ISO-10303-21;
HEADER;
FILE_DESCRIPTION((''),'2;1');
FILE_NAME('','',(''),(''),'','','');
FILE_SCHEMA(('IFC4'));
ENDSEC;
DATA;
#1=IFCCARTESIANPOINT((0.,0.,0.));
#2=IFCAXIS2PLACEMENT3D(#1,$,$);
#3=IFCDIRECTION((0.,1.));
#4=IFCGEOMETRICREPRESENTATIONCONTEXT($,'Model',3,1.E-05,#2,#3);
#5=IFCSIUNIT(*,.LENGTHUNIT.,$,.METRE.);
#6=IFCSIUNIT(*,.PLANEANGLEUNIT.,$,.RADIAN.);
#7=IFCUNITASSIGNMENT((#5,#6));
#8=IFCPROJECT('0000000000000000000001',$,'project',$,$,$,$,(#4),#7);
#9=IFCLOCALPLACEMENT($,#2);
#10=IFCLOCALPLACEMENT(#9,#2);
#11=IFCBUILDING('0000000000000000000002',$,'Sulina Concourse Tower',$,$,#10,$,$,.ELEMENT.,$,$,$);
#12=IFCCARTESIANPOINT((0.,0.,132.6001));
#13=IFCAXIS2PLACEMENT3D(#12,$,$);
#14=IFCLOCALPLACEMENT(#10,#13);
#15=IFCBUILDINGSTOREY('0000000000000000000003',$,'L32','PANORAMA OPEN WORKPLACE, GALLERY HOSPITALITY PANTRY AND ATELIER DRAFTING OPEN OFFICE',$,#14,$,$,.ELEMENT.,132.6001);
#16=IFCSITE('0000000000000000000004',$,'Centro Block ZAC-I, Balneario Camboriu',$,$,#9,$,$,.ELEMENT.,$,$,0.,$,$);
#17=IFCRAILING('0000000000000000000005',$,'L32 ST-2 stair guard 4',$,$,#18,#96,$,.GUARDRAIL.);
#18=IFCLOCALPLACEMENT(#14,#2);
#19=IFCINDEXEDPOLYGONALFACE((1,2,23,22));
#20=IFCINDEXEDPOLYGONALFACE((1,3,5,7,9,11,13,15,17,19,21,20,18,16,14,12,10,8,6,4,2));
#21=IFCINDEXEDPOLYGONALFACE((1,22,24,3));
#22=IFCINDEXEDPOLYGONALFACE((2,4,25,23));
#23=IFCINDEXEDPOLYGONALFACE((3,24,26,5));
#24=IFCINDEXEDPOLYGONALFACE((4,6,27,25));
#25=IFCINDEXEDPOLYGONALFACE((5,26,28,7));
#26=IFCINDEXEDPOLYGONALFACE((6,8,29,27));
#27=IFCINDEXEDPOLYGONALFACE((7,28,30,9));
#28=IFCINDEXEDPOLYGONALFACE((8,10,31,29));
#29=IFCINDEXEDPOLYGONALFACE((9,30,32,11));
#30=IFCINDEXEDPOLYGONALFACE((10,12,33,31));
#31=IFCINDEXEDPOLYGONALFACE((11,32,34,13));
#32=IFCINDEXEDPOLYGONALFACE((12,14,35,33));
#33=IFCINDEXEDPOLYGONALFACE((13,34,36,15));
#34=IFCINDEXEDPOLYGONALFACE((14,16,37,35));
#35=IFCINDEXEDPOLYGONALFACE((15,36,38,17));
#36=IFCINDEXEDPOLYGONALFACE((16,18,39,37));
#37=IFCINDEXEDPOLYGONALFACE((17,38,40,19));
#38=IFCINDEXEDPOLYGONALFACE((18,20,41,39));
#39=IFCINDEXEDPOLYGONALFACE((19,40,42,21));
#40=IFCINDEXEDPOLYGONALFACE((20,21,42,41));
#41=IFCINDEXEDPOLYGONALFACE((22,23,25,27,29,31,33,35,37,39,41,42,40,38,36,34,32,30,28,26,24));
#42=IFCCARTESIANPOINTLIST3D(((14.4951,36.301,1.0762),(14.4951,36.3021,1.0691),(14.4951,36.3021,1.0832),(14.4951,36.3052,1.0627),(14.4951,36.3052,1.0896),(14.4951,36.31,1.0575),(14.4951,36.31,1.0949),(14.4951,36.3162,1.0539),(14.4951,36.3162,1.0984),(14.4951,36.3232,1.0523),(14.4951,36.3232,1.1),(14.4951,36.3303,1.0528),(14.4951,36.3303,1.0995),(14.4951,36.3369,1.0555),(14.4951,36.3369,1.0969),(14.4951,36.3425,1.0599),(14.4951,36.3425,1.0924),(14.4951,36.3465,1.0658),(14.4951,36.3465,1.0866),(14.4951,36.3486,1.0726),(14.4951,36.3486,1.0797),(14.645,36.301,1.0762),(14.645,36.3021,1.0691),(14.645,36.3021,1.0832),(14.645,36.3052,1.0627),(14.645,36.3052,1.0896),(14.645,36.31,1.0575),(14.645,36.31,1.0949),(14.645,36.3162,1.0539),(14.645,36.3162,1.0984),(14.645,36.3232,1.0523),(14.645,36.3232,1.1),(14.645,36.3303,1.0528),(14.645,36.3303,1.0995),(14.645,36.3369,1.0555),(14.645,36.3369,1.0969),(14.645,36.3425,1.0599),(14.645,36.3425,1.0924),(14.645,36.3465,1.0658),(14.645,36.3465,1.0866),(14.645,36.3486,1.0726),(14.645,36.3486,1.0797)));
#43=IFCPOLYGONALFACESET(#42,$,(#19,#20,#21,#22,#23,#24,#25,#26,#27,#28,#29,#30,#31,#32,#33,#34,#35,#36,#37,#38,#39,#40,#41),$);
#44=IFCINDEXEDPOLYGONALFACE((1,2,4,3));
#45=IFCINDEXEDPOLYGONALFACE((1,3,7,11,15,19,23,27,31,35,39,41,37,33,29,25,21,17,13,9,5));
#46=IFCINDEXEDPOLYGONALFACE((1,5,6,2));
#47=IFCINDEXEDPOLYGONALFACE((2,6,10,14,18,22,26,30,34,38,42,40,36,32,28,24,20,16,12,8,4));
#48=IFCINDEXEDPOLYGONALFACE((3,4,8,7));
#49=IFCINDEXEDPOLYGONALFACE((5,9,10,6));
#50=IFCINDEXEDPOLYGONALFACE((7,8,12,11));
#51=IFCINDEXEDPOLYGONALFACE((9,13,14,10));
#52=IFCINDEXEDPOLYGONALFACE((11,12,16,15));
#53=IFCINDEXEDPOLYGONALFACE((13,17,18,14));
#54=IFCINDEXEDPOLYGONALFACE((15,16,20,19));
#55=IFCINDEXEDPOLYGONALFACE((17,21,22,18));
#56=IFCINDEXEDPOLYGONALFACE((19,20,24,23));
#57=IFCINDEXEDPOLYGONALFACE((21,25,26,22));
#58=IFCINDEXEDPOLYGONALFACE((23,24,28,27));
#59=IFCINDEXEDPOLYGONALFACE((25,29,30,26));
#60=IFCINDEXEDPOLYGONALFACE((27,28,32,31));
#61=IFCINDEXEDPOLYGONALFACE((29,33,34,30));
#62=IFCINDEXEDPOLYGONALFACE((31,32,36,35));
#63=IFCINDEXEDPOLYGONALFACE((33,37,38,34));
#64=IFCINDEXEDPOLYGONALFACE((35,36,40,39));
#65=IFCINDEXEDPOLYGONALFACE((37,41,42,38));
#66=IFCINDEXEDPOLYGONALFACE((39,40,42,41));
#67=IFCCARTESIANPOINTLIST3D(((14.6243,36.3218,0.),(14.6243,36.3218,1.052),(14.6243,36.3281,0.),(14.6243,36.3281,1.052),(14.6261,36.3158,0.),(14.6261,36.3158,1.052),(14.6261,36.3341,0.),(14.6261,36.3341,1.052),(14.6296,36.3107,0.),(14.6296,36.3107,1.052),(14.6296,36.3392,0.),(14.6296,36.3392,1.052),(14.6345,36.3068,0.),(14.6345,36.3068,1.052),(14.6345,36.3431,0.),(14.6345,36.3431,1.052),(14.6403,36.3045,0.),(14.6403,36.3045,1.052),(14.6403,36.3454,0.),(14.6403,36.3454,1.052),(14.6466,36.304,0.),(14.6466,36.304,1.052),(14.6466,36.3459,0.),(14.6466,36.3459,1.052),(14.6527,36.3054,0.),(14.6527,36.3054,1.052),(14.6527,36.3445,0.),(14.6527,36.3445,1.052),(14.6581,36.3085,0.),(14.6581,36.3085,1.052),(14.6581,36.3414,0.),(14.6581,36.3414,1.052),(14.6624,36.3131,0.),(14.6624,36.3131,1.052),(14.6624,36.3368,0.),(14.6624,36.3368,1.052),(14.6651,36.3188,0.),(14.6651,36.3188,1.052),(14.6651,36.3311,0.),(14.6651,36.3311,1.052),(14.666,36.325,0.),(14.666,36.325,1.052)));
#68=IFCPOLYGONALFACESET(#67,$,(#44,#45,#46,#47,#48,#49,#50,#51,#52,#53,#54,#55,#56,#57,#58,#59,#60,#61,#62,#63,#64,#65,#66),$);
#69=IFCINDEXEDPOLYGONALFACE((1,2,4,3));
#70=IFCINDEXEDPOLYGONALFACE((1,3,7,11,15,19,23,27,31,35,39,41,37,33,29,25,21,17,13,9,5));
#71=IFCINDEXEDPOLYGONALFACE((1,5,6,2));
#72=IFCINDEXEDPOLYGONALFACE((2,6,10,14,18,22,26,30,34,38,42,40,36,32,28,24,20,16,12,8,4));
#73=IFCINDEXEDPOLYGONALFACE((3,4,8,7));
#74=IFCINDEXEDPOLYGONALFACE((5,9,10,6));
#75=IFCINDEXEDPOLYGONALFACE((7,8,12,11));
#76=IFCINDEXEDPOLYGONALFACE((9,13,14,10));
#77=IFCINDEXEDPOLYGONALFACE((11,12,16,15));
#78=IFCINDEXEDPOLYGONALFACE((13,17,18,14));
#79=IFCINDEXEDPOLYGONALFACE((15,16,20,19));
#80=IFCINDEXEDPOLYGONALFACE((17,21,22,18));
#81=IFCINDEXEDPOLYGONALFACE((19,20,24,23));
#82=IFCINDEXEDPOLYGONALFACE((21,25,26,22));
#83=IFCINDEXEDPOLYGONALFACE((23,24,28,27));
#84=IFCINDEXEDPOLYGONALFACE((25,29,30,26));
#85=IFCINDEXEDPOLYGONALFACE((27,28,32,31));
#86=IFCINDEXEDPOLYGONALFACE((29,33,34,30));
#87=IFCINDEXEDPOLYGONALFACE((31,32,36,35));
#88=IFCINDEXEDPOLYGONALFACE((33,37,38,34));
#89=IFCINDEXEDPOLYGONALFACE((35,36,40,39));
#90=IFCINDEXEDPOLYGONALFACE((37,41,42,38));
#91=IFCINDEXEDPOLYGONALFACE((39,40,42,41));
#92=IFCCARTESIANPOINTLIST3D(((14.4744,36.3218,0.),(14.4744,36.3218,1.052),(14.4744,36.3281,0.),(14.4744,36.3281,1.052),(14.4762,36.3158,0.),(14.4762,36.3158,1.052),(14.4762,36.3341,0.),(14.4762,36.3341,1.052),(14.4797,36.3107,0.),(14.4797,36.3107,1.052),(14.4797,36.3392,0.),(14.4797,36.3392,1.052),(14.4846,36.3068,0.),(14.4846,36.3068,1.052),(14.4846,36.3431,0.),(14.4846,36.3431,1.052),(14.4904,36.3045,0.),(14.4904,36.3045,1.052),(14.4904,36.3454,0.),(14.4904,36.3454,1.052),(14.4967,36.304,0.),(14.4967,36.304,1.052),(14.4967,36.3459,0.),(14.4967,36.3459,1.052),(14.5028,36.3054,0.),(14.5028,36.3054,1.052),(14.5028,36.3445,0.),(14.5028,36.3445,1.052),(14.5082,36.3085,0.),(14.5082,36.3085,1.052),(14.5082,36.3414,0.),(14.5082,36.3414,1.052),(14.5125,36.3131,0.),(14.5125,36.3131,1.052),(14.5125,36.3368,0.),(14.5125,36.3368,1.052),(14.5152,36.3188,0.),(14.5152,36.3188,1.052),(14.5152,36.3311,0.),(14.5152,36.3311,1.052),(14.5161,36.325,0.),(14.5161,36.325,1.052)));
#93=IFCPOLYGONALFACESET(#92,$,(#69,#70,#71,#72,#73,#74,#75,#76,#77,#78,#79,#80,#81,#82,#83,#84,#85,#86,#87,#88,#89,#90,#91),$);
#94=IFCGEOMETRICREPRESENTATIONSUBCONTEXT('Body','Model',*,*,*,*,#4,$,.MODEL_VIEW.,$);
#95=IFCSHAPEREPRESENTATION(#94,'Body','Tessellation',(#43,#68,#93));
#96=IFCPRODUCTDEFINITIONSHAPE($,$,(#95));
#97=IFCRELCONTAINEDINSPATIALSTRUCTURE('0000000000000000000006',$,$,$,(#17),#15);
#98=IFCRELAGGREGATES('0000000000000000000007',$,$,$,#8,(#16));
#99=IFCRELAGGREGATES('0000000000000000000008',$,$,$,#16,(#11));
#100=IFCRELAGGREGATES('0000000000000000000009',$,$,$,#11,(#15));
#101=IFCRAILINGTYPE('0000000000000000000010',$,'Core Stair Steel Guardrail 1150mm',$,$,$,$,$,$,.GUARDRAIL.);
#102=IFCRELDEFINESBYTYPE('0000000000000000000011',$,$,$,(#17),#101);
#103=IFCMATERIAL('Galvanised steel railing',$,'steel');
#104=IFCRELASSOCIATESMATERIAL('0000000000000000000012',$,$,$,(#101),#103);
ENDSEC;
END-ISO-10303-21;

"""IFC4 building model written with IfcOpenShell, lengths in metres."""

from ifc_helpers import new_model, si_unit, direction, frame, origin, origin_2d, place, context, subcontext, project, spatial, circle, extrude, material, type_object, element, save


model = new_model("IFC4")

# Units and contexts
model_context = context("Model", 3, precision=1e-05, world=origin(), true_north=direction((0.0, 1.0)))
body_context = subcontext(model_context, "Body", "Model", "MODEL_VIEW")
ifc_project = project(units=[si_unit("LENGTHUNIT", "METRE"), si_unit("PLANEANGLEUNIT", "RADIAN")], contexts=[model_context])

# Site, building, storey
site_placement = place(None, origin())
site = spatial("IfcSite", under=ifc_project, at=site_placement, Name="Centro Block ZAC-I, Balneario Camboriu", CompositionType="ELEMENT", RefElevation=0.0)
building_placement = place(site_placement, origin())
building = spatial("IfcBuilding", under=site, at=building_placement, Name="Sulina Concourse Tower", CompositionType="ELEMENT")
storey_placement = place(building_placement, frame((0.0, 0.0, 132.6001)))
storey = spatial("IfcBuildingStorey", under=building, at=storey_placement, Name="L32", Description="PANORAMA OPEN WORKPLACE, GALLERY HOSPITALITY PANTRY AND ATELIER DRAFTING OPEN OFFICE", CompositionType="ELEMENT", Elevation=132.6001)

# Railing
ifc_material_1 = material(Name="Galvanised steel railing", Category="steel")
railing_type_1 = type_object("IfcRailingType", Name="Core Stair Steel Guardrail 1150mm", PredefinedType="GUARDRAIL", material=ifc_material_1)
railing_1_placement = place(storey_placement, frame((14.645, 36.325, 0.0)))
element("IfcRailing", 1, at=railing_1_placement, inside=storey, type_object=railing_type_1, Name="L32 ST-2 stair guard 4", PredefinedType="GUARDRAIL", context=body_context, shape_type="SweptSolid", body=[
    extrude(circle(Radius=0.0239, at=origin_2d()), frame((0.0, 0.0, 1.0762), z_axis=(-1.0, 0.0, 0.0), x_axis=(0.0, -1.0, 0.0)), (0.0, 0.0, 1.0), 0.1499),
    extrude(circle(Radius=0.021, at=origin_2d()), origin(), (0.0, 0.0, 1.0), 1.052),
    extrude(circle(Radius=0.021, at=origin_2d()), frame((-0.1499, 0.0, 0.0)), (0.0, 0.0, 1.0), 1.052),
])

save(model, "model.ifc")
